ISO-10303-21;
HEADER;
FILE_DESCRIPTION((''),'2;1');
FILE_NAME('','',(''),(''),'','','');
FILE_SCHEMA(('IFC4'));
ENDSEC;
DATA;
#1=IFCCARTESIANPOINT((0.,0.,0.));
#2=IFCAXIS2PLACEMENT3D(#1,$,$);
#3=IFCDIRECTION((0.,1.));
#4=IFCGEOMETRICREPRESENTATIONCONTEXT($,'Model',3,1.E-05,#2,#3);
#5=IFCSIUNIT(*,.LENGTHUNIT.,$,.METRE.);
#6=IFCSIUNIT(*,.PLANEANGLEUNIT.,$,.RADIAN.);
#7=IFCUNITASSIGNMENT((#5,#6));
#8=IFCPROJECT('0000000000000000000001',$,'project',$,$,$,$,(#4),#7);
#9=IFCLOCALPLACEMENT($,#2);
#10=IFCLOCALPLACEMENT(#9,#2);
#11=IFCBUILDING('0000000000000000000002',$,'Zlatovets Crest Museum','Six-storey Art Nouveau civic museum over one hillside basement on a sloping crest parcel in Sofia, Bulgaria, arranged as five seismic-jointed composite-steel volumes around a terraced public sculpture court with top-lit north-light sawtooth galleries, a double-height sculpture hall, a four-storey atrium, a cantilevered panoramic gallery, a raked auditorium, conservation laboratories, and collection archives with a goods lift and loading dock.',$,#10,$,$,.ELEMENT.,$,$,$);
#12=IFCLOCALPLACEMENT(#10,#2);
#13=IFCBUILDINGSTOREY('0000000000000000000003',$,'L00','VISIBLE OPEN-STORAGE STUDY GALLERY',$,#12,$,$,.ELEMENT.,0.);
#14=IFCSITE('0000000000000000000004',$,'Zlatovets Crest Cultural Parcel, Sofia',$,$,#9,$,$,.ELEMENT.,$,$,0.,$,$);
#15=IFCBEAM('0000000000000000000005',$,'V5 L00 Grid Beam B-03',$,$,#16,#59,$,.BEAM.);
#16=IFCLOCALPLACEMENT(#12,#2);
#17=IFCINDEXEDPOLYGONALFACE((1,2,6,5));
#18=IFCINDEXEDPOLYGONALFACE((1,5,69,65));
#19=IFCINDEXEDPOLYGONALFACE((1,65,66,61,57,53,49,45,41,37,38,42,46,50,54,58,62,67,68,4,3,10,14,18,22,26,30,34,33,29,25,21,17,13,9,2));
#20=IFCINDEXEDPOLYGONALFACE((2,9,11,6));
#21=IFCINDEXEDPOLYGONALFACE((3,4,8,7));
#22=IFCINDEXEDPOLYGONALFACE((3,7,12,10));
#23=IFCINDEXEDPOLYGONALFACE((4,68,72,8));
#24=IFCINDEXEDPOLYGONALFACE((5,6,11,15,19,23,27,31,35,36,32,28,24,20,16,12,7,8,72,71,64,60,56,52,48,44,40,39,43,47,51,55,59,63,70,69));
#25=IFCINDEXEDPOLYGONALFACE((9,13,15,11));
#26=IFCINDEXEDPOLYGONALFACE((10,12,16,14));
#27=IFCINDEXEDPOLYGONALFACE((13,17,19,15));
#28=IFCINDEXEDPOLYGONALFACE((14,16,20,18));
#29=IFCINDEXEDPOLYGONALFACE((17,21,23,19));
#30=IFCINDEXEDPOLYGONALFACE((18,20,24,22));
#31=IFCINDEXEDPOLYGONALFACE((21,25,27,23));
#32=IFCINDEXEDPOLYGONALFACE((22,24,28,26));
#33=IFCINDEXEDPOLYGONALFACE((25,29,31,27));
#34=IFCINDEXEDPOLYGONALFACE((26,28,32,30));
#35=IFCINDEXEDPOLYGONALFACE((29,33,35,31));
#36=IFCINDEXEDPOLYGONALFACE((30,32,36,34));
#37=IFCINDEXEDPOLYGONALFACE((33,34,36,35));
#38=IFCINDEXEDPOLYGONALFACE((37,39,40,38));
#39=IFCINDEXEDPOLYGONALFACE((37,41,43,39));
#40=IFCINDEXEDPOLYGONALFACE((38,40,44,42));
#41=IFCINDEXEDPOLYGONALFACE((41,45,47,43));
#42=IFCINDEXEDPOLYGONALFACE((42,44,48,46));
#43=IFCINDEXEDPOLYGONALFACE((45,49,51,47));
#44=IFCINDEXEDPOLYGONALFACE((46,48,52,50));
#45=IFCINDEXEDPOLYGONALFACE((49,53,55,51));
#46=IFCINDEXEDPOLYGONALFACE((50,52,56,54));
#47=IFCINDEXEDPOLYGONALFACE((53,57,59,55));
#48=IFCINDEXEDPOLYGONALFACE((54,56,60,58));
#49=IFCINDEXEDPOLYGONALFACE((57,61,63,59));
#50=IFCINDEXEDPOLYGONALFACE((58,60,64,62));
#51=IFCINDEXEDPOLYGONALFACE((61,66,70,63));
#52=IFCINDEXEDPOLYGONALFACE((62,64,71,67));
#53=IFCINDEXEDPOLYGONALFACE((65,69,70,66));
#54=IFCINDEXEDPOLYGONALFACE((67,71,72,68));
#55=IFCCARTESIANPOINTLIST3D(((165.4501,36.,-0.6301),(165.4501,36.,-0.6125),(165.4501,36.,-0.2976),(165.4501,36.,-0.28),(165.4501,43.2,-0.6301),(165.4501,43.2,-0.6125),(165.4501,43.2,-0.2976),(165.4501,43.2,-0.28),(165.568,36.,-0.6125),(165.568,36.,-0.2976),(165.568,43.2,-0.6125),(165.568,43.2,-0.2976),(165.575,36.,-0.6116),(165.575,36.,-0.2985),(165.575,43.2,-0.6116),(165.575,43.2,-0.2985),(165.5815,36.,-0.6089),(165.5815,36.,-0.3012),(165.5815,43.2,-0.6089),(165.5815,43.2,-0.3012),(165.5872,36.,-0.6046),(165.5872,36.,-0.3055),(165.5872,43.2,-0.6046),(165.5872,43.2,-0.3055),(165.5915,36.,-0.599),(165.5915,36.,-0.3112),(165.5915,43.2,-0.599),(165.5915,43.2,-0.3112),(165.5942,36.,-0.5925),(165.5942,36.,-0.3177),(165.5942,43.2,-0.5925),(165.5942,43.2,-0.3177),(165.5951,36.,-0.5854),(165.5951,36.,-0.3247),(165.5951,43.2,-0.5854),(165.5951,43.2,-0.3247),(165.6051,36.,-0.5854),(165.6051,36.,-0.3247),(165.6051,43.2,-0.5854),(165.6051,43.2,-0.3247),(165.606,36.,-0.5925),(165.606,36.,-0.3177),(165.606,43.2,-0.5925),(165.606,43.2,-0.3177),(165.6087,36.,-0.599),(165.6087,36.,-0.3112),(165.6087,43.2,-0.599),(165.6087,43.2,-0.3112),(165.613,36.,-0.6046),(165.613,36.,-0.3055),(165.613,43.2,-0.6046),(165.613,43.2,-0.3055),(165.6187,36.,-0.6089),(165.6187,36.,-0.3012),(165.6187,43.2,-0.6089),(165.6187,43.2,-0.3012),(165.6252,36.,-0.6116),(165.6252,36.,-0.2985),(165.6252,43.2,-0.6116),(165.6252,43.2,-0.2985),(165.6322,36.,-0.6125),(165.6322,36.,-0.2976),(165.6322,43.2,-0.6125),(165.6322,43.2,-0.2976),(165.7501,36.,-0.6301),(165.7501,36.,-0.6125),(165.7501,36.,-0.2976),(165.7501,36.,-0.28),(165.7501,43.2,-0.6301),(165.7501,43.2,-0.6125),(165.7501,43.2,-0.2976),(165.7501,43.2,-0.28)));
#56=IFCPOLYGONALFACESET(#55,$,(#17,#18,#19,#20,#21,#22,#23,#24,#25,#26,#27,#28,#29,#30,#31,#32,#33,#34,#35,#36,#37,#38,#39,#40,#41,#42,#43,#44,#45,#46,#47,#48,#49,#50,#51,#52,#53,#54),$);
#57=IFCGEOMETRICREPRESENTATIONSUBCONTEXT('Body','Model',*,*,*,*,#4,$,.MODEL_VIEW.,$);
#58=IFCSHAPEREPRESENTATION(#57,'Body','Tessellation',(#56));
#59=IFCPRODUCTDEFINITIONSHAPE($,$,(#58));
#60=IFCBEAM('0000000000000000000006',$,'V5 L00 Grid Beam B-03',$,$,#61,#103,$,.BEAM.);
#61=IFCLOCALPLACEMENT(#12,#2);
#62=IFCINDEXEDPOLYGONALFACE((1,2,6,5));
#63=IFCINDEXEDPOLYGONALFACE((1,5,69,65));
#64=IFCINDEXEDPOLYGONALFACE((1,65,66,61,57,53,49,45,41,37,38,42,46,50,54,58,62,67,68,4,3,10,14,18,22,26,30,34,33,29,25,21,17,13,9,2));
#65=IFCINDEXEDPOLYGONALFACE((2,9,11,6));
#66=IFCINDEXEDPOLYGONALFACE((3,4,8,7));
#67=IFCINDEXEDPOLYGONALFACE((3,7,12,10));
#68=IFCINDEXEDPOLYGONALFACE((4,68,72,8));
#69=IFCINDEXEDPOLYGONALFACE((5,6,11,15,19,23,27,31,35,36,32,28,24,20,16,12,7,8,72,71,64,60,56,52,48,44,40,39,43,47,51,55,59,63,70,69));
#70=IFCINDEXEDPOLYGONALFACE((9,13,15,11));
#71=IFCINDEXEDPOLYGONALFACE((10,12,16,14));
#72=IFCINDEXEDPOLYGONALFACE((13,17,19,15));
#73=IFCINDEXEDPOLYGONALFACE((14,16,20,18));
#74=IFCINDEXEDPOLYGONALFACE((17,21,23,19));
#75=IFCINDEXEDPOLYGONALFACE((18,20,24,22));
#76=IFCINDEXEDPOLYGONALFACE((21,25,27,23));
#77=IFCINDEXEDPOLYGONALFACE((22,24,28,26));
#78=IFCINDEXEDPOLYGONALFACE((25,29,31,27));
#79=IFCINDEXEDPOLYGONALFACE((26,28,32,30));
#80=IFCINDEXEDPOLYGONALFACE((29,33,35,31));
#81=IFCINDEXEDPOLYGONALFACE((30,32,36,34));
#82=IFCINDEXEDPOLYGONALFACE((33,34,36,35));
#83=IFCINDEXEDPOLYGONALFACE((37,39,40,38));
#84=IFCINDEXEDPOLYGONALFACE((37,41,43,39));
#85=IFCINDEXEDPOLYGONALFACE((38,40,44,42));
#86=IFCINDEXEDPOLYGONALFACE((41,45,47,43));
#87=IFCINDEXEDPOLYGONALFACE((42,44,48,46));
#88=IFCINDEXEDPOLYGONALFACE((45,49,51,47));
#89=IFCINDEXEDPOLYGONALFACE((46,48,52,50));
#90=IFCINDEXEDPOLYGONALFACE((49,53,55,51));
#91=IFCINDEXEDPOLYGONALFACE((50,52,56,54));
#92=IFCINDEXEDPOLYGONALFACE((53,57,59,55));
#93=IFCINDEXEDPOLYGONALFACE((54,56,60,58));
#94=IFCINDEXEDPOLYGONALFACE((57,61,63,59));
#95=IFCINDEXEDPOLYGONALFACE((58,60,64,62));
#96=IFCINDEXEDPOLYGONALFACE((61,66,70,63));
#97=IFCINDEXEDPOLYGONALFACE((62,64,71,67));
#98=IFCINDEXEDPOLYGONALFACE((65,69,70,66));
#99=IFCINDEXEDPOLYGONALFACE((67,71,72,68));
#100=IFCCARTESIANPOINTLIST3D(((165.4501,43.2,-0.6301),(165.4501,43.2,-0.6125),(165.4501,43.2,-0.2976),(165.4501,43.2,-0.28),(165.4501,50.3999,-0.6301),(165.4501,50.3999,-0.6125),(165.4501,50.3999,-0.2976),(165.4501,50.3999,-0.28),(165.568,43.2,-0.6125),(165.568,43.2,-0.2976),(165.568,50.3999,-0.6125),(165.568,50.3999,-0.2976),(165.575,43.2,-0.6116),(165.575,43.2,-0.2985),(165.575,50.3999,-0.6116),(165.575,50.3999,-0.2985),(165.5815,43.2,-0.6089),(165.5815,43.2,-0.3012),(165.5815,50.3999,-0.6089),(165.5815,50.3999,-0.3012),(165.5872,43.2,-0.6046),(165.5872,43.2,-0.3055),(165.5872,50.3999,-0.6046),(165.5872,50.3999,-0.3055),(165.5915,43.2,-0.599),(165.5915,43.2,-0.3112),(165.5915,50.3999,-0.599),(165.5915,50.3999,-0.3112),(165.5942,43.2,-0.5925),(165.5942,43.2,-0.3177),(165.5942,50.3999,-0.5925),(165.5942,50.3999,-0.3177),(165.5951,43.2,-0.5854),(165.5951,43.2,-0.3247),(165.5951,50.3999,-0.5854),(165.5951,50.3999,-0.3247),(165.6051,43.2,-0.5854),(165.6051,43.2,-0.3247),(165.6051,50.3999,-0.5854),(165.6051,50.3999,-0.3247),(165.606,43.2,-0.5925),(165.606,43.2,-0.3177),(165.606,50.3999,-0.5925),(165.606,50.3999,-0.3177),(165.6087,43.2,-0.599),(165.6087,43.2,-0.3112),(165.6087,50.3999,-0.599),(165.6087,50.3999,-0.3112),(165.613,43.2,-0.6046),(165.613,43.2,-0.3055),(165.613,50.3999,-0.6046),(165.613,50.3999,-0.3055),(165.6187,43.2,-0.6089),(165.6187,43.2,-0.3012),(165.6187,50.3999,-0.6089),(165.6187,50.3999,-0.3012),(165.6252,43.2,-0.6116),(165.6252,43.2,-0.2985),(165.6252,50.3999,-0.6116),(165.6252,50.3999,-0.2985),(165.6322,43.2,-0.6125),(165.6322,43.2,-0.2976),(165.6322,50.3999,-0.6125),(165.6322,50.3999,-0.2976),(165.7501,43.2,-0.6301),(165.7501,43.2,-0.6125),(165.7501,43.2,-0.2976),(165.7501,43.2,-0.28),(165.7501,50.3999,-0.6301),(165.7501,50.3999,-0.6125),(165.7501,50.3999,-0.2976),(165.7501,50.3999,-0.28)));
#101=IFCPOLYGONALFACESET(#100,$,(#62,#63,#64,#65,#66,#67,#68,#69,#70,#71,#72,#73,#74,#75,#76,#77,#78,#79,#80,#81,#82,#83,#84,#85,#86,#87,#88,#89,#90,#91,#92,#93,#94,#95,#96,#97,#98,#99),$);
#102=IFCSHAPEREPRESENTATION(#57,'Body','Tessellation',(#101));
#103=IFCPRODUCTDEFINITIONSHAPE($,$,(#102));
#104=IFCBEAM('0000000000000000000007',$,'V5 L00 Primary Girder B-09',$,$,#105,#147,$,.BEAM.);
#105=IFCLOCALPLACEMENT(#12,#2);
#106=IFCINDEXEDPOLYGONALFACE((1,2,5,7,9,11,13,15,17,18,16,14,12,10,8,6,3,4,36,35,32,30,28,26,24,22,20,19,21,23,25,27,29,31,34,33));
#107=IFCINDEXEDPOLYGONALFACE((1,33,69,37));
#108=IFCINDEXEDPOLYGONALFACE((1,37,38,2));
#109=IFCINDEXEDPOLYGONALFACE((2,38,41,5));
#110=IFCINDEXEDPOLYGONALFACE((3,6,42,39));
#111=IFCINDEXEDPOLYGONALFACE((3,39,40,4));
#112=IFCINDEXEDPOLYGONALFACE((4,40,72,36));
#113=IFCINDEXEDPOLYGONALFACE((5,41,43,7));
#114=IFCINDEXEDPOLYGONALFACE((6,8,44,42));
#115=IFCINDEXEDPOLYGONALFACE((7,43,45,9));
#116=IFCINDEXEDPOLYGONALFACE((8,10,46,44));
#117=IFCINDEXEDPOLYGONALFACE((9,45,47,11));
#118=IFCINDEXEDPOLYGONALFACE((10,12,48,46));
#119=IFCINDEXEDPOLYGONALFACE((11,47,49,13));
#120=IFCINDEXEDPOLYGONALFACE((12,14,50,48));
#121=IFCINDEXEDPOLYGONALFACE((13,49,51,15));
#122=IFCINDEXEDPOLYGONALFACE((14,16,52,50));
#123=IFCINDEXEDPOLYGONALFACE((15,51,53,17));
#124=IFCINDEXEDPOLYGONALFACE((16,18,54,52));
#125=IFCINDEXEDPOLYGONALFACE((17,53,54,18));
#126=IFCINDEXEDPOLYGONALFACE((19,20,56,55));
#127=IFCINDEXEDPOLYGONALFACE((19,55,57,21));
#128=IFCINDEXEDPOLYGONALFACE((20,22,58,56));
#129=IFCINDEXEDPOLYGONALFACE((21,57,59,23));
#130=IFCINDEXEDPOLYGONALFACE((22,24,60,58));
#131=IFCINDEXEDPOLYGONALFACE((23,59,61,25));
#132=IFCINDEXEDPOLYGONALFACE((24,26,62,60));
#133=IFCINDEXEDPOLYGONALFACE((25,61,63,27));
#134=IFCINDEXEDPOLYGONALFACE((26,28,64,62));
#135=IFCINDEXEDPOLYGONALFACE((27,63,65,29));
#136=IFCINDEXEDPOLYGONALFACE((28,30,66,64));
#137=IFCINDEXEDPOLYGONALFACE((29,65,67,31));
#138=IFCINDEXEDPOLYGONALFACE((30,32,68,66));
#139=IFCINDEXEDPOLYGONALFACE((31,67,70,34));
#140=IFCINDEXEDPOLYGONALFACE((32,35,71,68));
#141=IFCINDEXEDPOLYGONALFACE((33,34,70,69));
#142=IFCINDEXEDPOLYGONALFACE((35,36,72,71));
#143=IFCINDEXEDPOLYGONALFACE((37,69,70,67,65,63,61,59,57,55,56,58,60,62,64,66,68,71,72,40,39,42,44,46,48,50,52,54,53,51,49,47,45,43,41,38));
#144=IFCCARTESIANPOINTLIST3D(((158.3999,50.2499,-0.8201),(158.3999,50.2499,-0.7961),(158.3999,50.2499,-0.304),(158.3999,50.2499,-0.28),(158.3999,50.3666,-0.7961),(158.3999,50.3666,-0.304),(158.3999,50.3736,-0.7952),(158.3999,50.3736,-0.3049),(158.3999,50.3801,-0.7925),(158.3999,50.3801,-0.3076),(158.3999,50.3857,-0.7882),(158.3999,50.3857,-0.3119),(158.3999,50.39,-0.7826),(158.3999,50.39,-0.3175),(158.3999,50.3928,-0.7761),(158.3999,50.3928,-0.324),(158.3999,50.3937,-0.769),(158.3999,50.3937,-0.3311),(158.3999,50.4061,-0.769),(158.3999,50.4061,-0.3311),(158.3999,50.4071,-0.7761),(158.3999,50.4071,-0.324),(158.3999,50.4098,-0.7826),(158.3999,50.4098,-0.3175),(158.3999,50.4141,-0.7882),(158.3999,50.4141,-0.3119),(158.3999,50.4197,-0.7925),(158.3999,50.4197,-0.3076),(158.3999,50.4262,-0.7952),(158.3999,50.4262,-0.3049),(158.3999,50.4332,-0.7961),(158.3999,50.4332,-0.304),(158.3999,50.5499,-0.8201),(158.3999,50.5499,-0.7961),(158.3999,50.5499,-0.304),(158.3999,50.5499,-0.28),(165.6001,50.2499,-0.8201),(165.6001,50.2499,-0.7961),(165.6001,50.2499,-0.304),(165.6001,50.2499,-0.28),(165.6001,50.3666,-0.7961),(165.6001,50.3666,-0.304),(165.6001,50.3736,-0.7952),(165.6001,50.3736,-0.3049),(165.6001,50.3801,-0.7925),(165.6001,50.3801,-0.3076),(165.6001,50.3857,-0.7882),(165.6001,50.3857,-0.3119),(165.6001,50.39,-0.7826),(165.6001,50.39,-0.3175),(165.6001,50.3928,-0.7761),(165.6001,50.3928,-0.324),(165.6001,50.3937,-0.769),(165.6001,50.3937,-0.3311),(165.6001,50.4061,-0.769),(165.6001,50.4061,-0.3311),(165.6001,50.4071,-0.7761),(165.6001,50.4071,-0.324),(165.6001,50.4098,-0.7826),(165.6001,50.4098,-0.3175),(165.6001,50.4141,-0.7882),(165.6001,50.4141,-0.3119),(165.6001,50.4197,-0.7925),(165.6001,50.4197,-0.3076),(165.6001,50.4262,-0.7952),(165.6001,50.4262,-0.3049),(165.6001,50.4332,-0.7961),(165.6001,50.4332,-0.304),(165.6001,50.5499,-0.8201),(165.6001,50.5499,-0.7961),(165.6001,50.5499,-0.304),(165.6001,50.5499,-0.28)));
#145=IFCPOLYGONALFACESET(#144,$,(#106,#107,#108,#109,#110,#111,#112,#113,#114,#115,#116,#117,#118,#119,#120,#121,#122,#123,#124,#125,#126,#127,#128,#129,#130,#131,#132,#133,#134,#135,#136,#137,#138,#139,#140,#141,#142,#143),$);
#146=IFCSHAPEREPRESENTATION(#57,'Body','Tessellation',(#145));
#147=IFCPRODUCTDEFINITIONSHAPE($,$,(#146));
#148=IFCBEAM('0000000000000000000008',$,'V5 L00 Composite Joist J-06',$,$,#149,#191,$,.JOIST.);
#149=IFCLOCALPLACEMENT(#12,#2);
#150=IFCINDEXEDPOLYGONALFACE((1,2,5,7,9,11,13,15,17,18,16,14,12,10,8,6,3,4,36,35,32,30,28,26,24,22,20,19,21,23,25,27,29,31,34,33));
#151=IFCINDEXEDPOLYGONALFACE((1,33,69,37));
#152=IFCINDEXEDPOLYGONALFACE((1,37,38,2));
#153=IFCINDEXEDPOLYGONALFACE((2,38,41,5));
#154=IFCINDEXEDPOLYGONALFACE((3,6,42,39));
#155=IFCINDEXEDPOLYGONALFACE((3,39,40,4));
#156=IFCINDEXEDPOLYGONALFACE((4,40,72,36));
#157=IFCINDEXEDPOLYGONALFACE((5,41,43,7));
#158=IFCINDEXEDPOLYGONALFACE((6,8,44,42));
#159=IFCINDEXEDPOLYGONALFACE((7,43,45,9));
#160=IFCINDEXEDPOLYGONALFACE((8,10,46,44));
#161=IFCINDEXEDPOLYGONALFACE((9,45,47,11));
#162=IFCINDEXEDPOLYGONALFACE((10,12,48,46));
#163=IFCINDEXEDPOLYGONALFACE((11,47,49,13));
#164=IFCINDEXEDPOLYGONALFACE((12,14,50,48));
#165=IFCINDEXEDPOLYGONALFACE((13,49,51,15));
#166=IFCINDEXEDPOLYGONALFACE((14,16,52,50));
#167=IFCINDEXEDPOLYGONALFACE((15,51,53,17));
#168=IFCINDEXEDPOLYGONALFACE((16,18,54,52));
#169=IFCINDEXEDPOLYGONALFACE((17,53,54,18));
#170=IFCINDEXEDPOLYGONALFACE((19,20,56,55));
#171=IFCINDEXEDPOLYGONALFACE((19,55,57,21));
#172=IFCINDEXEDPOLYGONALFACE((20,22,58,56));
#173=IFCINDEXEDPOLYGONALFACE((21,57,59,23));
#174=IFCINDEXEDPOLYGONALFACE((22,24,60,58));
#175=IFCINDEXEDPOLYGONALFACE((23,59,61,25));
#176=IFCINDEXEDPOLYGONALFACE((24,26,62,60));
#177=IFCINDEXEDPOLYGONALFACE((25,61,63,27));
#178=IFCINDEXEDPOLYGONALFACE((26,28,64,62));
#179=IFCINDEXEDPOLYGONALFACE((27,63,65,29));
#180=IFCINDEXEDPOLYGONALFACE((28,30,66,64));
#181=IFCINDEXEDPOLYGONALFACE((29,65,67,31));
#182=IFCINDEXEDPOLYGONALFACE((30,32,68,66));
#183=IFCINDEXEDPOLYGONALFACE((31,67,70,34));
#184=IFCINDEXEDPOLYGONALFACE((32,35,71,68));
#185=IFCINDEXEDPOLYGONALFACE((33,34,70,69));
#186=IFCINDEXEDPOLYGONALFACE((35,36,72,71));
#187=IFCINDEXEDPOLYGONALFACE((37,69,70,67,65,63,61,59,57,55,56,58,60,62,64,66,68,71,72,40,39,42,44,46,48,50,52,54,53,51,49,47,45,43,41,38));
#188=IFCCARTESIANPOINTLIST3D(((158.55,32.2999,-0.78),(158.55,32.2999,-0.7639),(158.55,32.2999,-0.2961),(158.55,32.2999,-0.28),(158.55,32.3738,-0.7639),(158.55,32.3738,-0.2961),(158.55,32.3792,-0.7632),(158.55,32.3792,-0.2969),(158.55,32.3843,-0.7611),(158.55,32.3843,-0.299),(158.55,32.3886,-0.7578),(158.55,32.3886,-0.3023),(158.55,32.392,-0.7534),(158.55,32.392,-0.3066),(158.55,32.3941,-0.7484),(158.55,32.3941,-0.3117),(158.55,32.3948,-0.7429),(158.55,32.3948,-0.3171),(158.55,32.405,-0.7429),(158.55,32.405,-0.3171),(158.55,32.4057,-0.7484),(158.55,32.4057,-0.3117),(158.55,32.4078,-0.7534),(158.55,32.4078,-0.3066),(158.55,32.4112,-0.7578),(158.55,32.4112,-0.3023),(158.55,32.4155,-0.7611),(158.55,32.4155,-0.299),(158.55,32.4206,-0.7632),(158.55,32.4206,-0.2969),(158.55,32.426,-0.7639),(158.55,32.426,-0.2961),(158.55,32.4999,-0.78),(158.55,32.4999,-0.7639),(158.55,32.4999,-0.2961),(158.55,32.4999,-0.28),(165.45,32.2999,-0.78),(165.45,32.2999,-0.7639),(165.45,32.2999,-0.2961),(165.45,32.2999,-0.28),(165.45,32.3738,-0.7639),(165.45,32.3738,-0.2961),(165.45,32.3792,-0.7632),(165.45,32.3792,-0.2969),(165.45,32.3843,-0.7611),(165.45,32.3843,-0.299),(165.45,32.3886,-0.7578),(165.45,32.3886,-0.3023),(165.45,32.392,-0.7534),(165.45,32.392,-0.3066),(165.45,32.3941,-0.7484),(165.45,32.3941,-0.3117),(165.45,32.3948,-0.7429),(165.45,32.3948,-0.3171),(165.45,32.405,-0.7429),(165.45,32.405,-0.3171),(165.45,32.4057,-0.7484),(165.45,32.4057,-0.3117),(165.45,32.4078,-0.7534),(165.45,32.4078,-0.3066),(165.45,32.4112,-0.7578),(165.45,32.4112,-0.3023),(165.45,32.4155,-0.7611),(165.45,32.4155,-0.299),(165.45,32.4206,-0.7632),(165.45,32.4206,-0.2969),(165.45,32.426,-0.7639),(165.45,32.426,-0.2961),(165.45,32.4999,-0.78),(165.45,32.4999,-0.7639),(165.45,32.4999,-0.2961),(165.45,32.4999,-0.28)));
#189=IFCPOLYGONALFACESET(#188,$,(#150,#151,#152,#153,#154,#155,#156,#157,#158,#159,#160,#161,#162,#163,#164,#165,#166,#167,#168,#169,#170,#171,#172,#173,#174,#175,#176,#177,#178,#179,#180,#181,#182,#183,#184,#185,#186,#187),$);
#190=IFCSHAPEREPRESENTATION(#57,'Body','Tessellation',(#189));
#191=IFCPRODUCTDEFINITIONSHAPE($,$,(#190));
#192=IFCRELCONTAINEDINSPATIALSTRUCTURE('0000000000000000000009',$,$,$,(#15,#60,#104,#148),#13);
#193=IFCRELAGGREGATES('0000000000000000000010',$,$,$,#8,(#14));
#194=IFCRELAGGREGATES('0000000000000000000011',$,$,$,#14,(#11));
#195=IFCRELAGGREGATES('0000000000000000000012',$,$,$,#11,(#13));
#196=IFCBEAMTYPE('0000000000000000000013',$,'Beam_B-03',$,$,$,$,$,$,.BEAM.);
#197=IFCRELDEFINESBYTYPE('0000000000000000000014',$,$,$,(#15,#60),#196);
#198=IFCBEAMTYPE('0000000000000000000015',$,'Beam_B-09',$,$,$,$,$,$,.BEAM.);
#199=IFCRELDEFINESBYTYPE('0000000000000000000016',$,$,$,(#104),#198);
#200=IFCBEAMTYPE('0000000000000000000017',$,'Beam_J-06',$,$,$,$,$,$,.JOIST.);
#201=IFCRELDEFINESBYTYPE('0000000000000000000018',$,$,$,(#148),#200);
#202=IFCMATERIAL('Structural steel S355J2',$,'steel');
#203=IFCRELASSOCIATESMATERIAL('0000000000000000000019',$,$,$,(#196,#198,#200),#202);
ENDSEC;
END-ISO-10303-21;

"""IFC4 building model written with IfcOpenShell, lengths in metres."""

from ifc_helpers import new_model, si_unit, direction, frame, origin, origin_2d, place, context, subcontext, project, spatial, i_section, extrude, material, material_profile, profile_set, type_object, element, save


model = new_model("IFC4")

# Units and contexts
model_context = context("Model", 3, precision=1e-05, world=origin(), true_north=direction((0.0, 1.0)))
body_context = subcontext(model_context, "Body", "Model", "MODEL_VIEW")
ifc_project = project(units=[si_unit("LENGTHUNIT", "METRE"), si_unit("PLANEANGLEUNIT", "RADIAN")], contexts=[model_context])

# Site, building, storey
site_placement = place(None, origin())
site = spatial("IfcSite", under=ifc_project, at=site_placement, Name="Zlatovets Crest Cultural Parcel, Sofia", CompositionType="ELEMENT", RefElevation=0.0)
building_placement = place(site_placement, origin())
building = spatial("IfcBuilding", under=site, at=building_placement, Name="Zlatovets Crest Museum", Description="Six-storey Art Nouveau civic museum over one hillside basement on a sloping crest parcel in Sofia, Bulgaria, arranged as five seismic-jointed composite-steel volumes around a terraced public sculpture court with top-lit north-light sawtooth galleries, a double-height sculpture hall, a four-storey atrium, a cantilevered panoramic gallery, a raked auditorium, conservation laboratories, and collection archives with a goods lift and loading dock.", CompositionType="ELEMENT")
storey_placement = place(building_placement, origin())
storey = spatial("IfcBuildingStorey", under=building, at=storey_placement, Name="L00", Description="VISIBLE OPEN-STORAGE STUDY GALLERY", CompositionType="ELEMENT", Elevation=0.0)

# Shared definitions
ifc_material_1 = material(Name="Structural steel S355J2", Category="steel")

# Beams
ifc_material_profile_1 = material_profile(ifc_material_1, i_section(OverallWidth=0.3, OverallDepth=0.3501, WebThickness=0.01, FlangeThickness=0.0176, FilletRadius=0.0271, at=origin_2d()), Name="HEA 360")
ifc_profile_set_1 = profile_set([ifc_material_profile_1], Name="Structural steel S355J2")
beam_type_1 = type_object("IfcBeamType", Name="Beam_B-03", PredefinedType="BEAM", material=ifc_profile_set_1)
for number, where, z_axis, x_axis, name in (
    (1, (165.6001, 36.0, -0.4551), (0.0, 1.0, 0.0), (-1.0, 0.0, 0.0), "V5 L00 Grid Beam B-03"),
    (2, (165.6001, 43.2, -0.4551), (0.0, 1.0, 0.0), (-1.0, 0.0, 0.0), "V5 L00 Grid Beam B-03"),
):
    element("IfcBeam", number, at=place(storey_placement, frame(where, z_axis=z_axis, x_axis=x_axis)), inside=storey, type_object=beam_type_1, Name=name, PredefinedType="BEAM", context=body_context, shape_type="SweptSolid", body=[
        extrude(i_section(OverallWidth=0.3, OverallDepth=0.3501, WebThickness=0.01, FlangeThickness=0.0176, FilletRadius=0.0271, at=origin_2d()), origin(), (0.0, 0.0, 1.0), 7.2),
    ])
ifc_material_profile_2 = material_profile(ifc_material_1, i_section(OverallWidth=0.3, OverallDepth=0.54, WebThickness=0.0125, FlangeThickness=0.0239, FilletRadius=0.0271, at=origin_2d()), Name="HEA 550")
ifc_profile_set_2 = profile_set([ifc_material_profile_2], Name="Structural steel S355J2")
beam_type_2 = type_object("IfcBeamType", Name="Beam_B-09", PredefinedType="BEAM", material=ifc_profile_set_2)
beam_placement = place(storey_placement, frame((158.3999, 50.3999, -0.55), z_axis=(1.0, 0.0, 0.0), x_axis=(0.0, 1.0, 0.0)))
element("IfcBeam", 3, at=beam_placement, inside=storey, type_object=beam_type_2, Name="V5 L00 Primary Girder B-09", PredefinedType="BEAM", context=body_context, shape_type="SweptSolid", body=[
    extrude(i_section(OverallWidth=0.3, OverallDepth=0.54, WebThickness=0.0125, FlangeThickness=0.0239, FilletRadius=0.0271, at=origin_2d()), origin(), (0.0, 0.0, 1.0), 7.2002),
])
ifc_material_profile_3 = material_profile(ifc_material_1, i_section(OverallWidth=0.2, OverallDepth=0.5, WebThickness=0.0103, FlangeThickness=0.0161, FilletRadius=0.021, at=origin_2d()), Name="IPE 500")
ifc_profile_set_3 = profile_set([ifc_material_profile_3], Name="Structural steel S355J2")
beam_type_3 = type_object("IfcBeamType", Name="Beam_J-06", PredefinedType="JOIST", material=ifc_profile_set_3)
for number, where, z_axis, x_axis, name in (
    (4, (158.55, 32.3999, -0.53), (1.0, 0.0, 0.0), (0.0, 1.0, 0.0), "V5 L00 Composite Joist J-06"),
):
    element("IfcBeam", number, at=place(storey_placement, frame(where, z_axis=z_axis, x_axis=x_axis)), inside=storey, type_object=beam_type_3, Name=name, PredefinedType="JOIST", context=body_context, shape_type="SweptSolid", body=[
        extrude(i_section(OverallWidth=0.2, OverallDepth=0.5, WebThickness=0.0103, FlangeThickness=0.0161, FilletRadius=0.021, at=origin_2d()), origin(), (0.0, 0.0, 1.0), 6.8999),
    ])

save(model, "model.ifc")
